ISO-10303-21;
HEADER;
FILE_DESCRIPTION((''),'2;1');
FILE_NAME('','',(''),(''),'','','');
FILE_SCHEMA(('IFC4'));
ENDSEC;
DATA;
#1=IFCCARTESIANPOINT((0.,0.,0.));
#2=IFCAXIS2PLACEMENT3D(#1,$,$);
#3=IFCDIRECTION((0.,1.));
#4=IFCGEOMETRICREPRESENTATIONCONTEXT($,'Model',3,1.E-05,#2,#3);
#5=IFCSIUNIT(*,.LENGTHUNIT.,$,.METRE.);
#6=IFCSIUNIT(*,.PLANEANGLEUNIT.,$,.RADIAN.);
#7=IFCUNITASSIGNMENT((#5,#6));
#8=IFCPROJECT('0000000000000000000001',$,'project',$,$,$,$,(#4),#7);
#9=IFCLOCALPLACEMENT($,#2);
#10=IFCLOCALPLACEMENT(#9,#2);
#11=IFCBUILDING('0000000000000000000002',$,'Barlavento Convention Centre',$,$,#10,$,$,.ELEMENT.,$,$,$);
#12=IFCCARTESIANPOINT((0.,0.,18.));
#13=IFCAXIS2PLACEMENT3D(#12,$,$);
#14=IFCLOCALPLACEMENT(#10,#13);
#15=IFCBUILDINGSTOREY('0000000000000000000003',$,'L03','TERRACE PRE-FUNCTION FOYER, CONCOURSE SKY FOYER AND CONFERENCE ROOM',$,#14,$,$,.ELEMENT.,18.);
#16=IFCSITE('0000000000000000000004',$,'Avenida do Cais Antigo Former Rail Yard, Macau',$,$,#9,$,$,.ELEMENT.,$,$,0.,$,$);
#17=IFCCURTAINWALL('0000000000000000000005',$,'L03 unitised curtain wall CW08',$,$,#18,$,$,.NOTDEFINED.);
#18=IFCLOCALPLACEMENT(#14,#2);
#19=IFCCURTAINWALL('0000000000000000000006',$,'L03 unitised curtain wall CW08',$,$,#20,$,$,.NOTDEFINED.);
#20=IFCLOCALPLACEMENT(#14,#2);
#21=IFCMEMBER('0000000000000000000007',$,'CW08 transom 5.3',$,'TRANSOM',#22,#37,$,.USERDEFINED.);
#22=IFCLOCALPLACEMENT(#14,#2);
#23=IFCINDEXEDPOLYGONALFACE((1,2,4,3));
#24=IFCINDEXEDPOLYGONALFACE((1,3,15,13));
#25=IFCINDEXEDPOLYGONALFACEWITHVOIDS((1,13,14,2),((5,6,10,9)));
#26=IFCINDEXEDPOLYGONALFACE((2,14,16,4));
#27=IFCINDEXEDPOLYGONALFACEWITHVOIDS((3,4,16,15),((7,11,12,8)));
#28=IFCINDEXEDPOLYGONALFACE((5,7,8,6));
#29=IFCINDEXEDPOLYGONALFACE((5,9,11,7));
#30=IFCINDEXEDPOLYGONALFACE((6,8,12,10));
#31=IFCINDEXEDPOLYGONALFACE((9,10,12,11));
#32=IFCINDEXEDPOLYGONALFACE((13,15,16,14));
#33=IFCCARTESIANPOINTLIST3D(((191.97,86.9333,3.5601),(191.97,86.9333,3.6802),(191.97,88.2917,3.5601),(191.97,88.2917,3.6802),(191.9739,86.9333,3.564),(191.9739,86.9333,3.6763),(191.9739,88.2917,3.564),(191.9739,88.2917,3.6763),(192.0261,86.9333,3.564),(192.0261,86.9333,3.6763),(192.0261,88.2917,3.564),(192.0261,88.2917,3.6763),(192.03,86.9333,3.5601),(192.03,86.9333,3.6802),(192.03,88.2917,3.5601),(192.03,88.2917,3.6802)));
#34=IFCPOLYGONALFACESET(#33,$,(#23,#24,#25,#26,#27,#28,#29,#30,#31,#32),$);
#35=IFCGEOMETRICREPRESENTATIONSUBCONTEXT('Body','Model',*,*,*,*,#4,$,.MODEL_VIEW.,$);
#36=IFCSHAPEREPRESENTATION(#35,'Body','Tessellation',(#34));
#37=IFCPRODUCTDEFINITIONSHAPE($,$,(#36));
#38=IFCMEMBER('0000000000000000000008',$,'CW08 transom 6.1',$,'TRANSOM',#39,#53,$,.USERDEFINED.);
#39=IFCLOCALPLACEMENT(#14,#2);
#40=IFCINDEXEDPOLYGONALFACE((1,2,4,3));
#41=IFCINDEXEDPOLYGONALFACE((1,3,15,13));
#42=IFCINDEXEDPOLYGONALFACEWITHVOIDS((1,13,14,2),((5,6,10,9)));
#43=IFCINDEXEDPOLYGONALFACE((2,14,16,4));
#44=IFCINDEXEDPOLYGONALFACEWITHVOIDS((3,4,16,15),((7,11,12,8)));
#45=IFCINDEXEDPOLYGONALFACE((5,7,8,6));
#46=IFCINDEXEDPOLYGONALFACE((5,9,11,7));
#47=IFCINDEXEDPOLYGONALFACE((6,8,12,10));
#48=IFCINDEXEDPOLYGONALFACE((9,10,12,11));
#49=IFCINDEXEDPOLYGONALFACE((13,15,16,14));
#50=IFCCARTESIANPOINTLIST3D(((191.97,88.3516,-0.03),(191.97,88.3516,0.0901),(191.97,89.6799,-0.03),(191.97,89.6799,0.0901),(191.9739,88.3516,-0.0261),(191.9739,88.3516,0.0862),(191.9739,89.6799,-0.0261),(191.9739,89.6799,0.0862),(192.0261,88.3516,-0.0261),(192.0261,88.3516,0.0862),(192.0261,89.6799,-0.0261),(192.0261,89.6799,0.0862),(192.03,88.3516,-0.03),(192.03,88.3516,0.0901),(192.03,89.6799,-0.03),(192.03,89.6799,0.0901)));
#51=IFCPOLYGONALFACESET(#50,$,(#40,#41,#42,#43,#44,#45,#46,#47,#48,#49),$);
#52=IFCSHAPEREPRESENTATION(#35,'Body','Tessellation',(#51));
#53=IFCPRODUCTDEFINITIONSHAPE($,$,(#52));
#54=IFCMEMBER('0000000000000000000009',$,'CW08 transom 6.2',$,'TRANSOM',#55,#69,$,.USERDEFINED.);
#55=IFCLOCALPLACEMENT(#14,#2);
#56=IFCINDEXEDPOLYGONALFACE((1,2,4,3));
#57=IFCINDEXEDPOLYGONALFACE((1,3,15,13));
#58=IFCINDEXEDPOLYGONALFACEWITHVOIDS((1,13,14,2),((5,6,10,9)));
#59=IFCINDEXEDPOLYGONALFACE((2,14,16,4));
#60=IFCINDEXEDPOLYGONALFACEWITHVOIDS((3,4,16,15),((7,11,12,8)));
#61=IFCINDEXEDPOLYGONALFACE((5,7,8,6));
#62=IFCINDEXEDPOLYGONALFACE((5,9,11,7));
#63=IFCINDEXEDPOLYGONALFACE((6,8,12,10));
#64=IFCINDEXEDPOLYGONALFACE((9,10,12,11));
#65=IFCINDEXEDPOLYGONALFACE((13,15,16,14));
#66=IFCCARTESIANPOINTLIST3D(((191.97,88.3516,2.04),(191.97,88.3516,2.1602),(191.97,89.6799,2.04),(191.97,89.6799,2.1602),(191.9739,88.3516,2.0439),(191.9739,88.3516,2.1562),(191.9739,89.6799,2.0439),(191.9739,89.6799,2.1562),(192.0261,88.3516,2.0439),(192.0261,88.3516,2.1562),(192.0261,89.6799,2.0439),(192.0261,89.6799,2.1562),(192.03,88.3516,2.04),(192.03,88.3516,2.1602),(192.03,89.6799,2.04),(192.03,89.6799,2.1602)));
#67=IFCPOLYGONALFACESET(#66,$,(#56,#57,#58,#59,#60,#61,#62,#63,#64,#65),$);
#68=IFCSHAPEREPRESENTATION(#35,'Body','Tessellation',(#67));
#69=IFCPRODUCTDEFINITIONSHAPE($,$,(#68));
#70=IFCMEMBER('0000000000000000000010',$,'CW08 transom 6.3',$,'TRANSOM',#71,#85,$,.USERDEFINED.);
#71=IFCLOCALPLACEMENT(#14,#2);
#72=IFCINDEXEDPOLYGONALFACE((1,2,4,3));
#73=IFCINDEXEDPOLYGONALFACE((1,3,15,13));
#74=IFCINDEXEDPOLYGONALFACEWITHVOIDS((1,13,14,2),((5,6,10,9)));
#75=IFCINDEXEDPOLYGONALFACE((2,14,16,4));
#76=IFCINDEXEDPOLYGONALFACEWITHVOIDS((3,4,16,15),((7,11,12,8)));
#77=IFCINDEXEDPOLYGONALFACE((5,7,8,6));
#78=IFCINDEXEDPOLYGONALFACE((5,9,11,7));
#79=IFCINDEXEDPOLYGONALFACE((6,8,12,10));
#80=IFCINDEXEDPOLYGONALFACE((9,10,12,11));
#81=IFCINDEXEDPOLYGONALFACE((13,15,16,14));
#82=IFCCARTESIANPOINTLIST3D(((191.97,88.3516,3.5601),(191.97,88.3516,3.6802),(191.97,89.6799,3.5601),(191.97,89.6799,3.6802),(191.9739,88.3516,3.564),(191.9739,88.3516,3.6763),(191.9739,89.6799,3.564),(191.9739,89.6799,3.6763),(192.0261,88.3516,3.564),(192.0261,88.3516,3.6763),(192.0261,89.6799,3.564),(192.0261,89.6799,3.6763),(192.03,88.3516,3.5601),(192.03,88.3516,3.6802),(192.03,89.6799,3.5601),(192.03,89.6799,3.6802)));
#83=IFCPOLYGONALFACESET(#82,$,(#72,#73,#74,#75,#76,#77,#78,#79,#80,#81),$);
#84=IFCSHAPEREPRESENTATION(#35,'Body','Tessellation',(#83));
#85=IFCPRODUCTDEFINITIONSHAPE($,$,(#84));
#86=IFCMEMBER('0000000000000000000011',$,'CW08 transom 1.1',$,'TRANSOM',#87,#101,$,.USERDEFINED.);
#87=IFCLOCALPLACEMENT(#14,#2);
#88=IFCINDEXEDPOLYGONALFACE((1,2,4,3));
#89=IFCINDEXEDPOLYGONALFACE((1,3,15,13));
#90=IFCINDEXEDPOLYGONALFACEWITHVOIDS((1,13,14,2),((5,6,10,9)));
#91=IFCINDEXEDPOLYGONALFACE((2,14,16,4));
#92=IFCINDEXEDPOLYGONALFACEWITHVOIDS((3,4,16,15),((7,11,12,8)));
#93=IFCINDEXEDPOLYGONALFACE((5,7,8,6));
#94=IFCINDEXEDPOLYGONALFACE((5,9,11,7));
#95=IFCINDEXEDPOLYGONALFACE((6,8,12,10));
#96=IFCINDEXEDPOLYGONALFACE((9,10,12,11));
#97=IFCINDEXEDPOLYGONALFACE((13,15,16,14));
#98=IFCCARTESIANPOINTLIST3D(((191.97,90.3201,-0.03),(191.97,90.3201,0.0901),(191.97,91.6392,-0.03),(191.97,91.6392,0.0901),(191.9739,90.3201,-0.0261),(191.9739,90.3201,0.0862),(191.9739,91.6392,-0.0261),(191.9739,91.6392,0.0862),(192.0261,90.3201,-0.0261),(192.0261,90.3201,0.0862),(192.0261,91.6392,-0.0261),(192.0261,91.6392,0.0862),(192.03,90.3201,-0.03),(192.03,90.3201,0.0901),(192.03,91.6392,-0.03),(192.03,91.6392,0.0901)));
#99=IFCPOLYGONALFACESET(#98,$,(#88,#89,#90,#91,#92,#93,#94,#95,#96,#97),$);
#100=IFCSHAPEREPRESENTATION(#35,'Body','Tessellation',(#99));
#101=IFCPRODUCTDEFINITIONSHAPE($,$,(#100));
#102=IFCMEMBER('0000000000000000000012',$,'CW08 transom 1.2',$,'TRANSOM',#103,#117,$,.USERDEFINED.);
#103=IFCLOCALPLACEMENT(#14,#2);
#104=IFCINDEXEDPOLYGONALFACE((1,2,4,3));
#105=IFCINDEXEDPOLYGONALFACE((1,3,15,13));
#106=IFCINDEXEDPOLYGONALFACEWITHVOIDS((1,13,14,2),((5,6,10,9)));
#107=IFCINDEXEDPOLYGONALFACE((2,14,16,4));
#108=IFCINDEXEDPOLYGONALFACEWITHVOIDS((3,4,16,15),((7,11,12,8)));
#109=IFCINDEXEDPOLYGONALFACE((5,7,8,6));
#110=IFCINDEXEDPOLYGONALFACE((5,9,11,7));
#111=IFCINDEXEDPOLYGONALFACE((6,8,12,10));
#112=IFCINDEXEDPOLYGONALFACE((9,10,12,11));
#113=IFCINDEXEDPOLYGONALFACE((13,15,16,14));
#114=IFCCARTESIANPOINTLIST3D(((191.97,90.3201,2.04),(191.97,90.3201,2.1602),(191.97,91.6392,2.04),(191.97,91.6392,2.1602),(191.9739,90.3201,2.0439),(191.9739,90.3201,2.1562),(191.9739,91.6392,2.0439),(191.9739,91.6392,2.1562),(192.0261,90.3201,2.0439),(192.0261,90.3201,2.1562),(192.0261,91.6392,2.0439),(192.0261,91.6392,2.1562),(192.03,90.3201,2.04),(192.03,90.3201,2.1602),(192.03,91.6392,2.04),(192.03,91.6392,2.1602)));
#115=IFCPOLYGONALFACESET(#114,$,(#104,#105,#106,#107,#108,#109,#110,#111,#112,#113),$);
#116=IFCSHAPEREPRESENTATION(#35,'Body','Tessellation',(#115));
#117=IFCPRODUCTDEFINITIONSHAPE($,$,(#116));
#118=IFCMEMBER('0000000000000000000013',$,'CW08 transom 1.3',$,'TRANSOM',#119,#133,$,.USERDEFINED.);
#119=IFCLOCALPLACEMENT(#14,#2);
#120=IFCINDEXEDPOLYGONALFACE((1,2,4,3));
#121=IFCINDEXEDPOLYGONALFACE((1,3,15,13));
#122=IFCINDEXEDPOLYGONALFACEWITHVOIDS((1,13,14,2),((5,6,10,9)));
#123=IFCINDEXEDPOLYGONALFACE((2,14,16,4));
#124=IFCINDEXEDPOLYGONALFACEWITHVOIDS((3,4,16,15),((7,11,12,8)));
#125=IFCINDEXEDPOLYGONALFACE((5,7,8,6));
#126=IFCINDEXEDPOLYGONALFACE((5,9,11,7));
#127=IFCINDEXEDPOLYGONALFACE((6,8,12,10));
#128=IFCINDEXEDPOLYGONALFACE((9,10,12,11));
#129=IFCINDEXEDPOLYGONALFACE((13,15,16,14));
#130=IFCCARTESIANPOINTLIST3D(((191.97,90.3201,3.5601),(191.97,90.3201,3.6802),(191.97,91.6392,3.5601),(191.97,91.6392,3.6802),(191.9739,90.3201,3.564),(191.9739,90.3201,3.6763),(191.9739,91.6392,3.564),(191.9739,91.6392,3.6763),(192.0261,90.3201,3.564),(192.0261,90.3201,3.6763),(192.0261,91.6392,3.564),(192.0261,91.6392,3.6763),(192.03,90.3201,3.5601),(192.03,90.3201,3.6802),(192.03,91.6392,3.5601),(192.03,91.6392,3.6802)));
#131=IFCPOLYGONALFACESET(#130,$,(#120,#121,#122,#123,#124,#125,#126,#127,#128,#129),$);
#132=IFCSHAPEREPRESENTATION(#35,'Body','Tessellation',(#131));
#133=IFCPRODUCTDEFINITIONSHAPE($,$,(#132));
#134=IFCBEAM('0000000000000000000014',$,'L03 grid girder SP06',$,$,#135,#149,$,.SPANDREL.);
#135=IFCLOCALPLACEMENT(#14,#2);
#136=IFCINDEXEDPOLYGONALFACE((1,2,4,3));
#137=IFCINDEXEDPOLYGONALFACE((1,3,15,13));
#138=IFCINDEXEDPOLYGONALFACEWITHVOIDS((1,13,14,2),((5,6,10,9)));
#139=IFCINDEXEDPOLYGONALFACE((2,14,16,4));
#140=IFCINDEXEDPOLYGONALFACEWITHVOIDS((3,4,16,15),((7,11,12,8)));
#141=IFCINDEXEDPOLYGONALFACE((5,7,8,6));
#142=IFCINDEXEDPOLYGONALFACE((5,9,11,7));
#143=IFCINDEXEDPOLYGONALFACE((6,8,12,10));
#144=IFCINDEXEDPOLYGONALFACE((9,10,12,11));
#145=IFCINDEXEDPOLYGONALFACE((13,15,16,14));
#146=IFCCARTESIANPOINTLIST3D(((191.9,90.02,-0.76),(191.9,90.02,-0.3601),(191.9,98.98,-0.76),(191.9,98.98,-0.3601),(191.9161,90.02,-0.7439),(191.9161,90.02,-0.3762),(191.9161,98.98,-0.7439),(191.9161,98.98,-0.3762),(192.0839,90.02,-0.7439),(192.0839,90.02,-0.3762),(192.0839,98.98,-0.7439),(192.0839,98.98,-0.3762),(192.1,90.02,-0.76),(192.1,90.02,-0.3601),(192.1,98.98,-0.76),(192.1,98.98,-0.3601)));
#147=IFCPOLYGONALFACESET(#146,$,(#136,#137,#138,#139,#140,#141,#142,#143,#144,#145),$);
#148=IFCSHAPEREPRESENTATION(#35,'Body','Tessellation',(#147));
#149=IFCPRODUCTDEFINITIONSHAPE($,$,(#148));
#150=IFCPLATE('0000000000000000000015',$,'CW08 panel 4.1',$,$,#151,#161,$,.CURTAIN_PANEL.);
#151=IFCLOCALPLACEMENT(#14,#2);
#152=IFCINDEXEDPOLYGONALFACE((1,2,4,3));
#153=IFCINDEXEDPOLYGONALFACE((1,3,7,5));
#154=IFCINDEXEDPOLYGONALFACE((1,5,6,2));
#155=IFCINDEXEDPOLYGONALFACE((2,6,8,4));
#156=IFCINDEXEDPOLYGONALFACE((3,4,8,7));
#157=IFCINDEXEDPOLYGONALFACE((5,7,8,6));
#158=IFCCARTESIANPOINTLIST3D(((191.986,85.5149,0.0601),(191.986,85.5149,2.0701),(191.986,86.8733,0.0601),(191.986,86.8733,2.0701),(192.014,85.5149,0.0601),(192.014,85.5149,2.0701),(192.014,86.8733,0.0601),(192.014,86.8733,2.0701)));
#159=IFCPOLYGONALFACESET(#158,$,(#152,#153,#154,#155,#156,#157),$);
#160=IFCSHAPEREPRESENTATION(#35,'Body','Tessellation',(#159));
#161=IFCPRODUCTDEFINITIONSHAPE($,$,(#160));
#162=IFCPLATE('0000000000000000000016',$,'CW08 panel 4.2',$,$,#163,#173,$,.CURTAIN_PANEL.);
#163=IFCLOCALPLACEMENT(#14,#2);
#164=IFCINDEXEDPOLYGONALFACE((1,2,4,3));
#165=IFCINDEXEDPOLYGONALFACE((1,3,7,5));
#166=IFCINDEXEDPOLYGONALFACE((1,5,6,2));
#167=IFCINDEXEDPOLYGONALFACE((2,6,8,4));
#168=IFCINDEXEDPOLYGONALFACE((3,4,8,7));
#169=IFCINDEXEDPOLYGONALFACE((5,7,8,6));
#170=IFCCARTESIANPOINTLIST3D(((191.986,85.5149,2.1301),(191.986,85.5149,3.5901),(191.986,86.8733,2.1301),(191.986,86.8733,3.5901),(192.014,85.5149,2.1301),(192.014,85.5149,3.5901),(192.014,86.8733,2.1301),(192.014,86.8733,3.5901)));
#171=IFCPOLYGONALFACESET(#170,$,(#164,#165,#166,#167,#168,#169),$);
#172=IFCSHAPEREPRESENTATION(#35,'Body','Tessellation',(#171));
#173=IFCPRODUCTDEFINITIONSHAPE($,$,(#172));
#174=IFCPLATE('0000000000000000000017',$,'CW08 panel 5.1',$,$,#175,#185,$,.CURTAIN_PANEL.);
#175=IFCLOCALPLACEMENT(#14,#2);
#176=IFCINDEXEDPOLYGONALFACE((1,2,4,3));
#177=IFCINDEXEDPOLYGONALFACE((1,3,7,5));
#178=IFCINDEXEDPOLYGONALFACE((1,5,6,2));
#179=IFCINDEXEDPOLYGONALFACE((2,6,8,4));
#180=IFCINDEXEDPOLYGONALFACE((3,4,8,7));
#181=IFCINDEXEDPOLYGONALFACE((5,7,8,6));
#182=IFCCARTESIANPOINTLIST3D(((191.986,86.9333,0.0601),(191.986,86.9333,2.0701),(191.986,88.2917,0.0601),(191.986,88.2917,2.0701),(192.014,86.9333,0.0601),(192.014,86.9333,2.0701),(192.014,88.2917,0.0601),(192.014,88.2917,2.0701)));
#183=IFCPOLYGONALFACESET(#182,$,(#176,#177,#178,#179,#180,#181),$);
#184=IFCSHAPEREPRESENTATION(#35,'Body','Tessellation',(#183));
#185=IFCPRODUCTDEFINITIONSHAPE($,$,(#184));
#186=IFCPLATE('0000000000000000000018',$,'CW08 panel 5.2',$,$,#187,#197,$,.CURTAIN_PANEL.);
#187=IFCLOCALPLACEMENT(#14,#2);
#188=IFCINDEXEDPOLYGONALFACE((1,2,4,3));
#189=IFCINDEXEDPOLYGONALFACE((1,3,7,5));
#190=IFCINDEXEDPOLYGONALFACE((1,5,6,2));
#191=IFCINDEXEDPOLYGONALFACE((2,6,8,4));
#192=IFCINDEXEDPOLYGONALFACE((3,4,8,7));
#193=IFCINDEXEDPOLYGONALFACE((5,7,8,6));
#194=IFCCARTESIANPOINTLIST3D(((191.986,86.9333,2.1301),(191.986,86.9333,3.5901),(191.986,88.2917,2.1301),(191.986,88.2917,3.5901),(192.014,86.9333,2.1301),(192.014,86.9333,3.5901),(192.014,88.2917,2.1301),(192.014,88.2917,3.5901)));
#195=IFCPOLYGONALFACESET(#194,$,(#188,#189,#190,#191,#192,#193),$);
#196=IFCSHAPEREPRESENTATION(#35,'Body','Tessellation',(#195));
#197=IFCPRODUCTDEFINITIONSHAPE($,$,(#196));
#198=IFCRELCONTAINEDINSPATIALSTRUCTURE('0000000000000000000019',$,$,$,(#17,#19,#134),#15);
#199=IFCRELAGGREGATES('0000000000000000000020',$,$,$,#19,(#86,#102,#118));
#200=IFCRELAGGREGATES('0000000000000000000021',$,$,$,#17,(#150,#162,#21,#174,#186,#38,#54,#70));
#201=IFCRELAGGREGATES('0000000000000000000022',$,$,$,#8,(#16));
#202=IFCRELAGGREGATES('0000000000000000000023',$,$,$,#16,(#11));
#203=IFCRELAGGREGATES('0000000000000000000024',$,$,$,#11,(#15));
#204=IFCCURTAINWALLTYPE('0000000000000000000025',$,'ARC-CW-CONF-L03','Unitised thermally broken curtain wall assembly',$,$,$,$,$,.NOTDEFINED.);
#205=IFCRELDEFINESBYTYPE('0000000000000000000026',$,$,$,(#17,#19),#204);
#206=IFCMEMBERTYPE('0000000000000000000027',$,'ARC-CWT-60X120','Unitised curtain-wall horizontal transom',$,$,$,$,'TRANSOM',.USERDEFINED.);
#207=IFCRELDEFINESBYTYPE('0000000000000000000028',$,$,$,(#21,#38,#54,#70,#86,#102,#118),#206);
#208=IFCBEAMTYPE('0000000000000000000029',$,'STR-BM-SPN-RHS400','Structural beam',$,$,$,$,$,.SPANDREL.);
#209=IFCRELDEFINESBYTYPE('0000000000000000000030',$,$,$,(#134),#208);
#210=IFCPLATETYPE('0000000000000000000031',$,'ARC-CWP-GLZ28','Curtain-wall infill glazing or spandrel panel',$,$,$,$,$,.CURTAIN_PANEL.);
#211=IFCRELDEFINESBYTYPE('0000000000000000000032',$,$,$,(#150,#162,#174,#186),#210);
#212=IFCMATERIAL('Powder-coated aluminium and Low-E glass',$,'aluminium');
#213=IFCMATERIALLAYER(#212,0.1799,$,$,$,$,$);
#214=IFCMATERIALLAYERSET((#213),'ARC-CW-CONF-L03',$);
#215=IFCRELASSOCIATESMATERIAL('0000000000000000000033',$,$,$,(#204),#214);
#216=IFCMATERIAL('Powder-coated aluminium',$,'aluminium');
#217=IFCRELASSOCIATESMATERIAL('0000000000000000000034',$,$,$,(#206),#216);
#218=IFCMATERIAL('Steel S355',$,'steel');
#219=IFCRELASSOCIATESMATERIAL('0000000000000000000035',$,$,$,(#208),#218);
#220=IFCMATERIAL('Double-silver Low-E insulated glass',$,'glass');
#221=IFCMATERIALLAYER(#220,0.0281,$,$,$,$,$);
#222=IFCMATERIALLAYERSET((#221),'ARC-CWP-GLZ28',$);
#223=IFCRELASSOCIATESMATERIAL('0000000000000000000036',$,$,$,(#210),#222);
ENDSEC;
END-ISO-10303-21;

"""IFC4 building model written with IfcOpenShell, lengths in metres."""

from ifc_helpers import new_model, si_unit, direction, frame, origin, origin_2d, place, context, subcontext, project, spatial, rectangle, hollow_rectangle, extrude, material, layer, layer_set, material_profile, profile_set, type_object, element, aggregate, save


model = new_model("IFC4")

# Units and contexts
model_context = context("Model", 3, precision=1e-05, world=origin(), true_north=direction((0.0, 1.0)))
body_context = subcontext(model_context, "Body", "Model", "MODEL_VIEW")
ifc_project = project(units=[si_unit("LENGTHUNIT", "METRE"), si_unit("PLANEANGLEUNIT", "RADIAN")], contexts=[model_context])

# Site, building, storey
site_placement = place(None, origin())
site = spatial("IfcSite", under=ifc_project, at=site_placement, Name="Avenida do Cais Antigo Former Rail Yard, Macau", CompositionType="ELEMENT", RefElevation=0.0)
building_placement = place(site_placement, origin())
building = spatial("IfcBuilding", under=site, at=building_placement, Name="Barlavento Convention Centre", CompositionType="ELEMENT")
storey_placement = place(building_placement, frame((0.0, 0.0, 18.0)))
storey = spatial("IfcBuildingStorey", under=building, at=storey_placement, Name="L03", Description="TERRACE PRE-FUNCTION FOYER, CONCOURSE SKY FOYER AND CONFERENCE ROOM", CompositionType="ELEMENT", Elevation=18.0)

# Shared definitions
ifc_material_1 = material(Name="Steel S355", Category="steel")

# Curtain wall
ifc_material_2 = material(Name="Powder-coated aluminium and Low-E glass", Category="aluminium")
ifc_layer_1 = layer(ifc_material_2, 0.1799)
ifc_layer_set_1 = layer_set([ifc_layer_1], Name="ARC-CW-CONF-L03")
curtain_wall_type = type_object("IfcCurtainWallType", Name="ARC-CW-CONF-L03", Description="Unitised thermally broken curtain wall assembly", PredefinedType="NOTDEFINED", material=ifc_layer_set_1)
curtain_wall_1_placement = place(storey_placement, origin())
curtain_wall_1 = element("IfcCurtainWall", 1, at=curtain_wall_1_placement, inside=storey, type_object=curtain_wall_type, Name="L03 unitised curtain wall CW08", PredefinedType="NOTDEFINED")
ifc_material_3 = material(Name="Powder-coated aluminium", Category="aluminium")

# Curtain wall
curtain_wall_2_placement = place(storey_placement, origin())
curtain_wall_2 = element("IfcCurtainWall", 2, at=curtain_wall_2_placement, inside=storey, type_object=curtain_wall_type, Name="L03 unitised curtain wall CW08", PredefinedType="NOTDEFINED")

# Members
ifc_material_profile_1 = material_profile(ifc_material_3, hollow_rectangle(XDim=0.0601, YDim=0.1201, WallThickness=0.0039, at=origin_2d()), Name="AL-TRAN 60x120x4")
ifc_profile_set_1 = profile_set([ifc_material_profile_1], Name="Powder-coated aluminium")
member_type_1 = type_object("IfcMemberType", Name="ARC-CWT-60X120", Description="Unitised curtain-wall horizontal transom", ElementType="TRANSOM", PredefinedType="USERDEFINED", material=ifc_profile_set_1)
member_1_placement = place(storey_placement, frame((192.0, 86.9333, 3.6201), z_axis=(0.0, 1.0, 0.0), x_axis=(-1.0, 0.0, 0.0)))
member_1 = element("IfcMember", 3, at=member_1_placement, type_object=member_type_1, Name="CW08 transom 5.3", ObjectType="TRANSOM", PredefinedType="USERDEFINED", context=body_context, shape_type="SweptSolid", body=[
    extrude(hollow_rectangle(XDim=0.0601, YDim=0.1201, WallThickness=0.0039, at=origin_2d()), origin(), (0.0, 0.0, 1.0), 1.3584),
])
member_2_placement = place(storey_placement, frame((192.0, 88.3516, 0.03), z_axis=(0.0, 1.0, 0.0), x_axis=(-1.0, 0.0, 0.0)))
member_2 = element("IfcMember", 4, at=member_2_placement, type_object=member_type_1, Name="CW08 transom 6.1", ObjectType="TRANSOM", PredefinedType="USERDEFINED", context=body_context, shape_type="SweptSolid", body=[
    extrude(hollow_rectangle(XDim=0.0601, YDim=0.1201, WallThickness=0.0039, at=origin_2d()), origin(), (0.0, 0.0, 1.0), 1.3284),
])
member_3_placement = place(storey_placement, frame((192.0, 88.3516, 2.1001), z_axis=(0.0, 1.0, 0.0), x_axis=(-1.0, 0.0, 0.0)))
member_3 = element("IfcMember", 5, at=member_3_placement, type_object=member_type_1, Name="CW08 transom 6.2", ObjectType="TRANSOM", PredefinedType="USERDEFINED", context=body_context, shape_type="SweptSolid", body=[
    extrude(hollow_rectangle(XDim=0.0601, YDim=0.1201, WallThickness=0.0039, at=origin_2d()), origin(), (0.0, 0.0, 1.0), 1.3284),
])
member_4_placement = place(storey_placement, frame((192.0, 88.3516, 3.6201), z_axis=(0.0, 1.0, 0.0), x_axis=(-1.0, 0.0, 0.0)))
member_4 = element("IfcMember", 6, at=member_4_placement, type_object=member_type_1, Name="CW08 transom 6.3", ObjectType="TRANSOM", PredefinedType="USERDEFINED", context=body_context, shape_type="SweptSolid", body=[
    extrude(hollow_rectangle(XDim=0.0601, YDim=0.1201, WallThickness=0.0039, at=origin_2d()), origin(), (0.0, 0.0, 1.0), 1.3284),
])
member_5_placement = place(storey_placement, frame((192.0, 90.3201, 0.03), z_axis=(0.0, 1.0, 0.0), x_axis=(-1.0, 0.0, 0.0)))
member_5 = element("IfcMember", 7, at=member_5_placement, type_object=member_type_1, Name="CW08 transom 1.1", ObjectType="TRANSOM", PredefinedType="USERDEFINED", context=body_context, shape_type="SweptSolid", body=[
    extrude(hollow_rectangle(XDim=0.0601, YDim=0.1201, WallThickness=0.0039, at=origin_2d()), origin(), (0.0, 0.0, 1.0), 1.3191),
])
member_6_placement = place(storey_placement, frame((192.0, 90.3201, 2.1001), z_axis=(0.0, 1.0, 0.0), x_axis=(-1.0, 0.0, 0.0)))
member_6 = element("IfcMember", 8, at=member_6_placement, type_object=member_type_1, Name="CW08 transom 1.2", ObjectType="TRANSOM", PredefinedType="USERDEFINED", context=body_context, shape_type="SweptSolid", body=[
    extrude(hollow_rectangle(XDim=0.0601, YDim=0.1201, WallThickness=0.0039, at=origin_2d()), origin(), (0.0, 0.0, 1.0), 1.3191),
])
member_7_placement = place(storey_placement, frame((192.0, 90.3201, 3.6201), z_axis=(0.0, 1.0, 0.0), x_axis=(-1.0, 0.0, 0.0)))
member_7 = element("IfcMember", 9, at=member_7_placement, type_object=member_type_1, Name="CW08 transom 1.3", ObjectType="TRANSOM", PredefinedType="USERDEFINED", context=body_context, shape_type="SweptSolid", body=[
    extrude(hollow_rectangle(XDim=0.0601, YDim=0.1201, WallThickness=0.0039, at=origin_2d()), origin(), (0.0, 0.0, 1.0), 1.3191),
])
aggregate(curtain_wall_2, [member_5, member_6, member_7])

# Beam
ifc_material_profile_2 = material_profile(ifc_material_1, hollow_rectangle(XDim=0.2, YDim=0.3999, WallThickness=0.0161, at=origin_2d()), Name="RHS 400x200x16.0")
ifc_profile_set_2 = profile_set([ifc_material_profile_2], Name="Steel S355")
beam_type = type_object("IfcBeamType", Name="STR-BM-SPN-RHS400", Description="Structural beam", PredefinedType="SPANDREL", material=ifc_profile_set_2)
beam_placement = place(storey_placement, frame((192.0, 90.02, -0.5601), z_axis=(0.0, 1.0, 0.0), x_axis=(-1.0, 0.0, 0.0)))
element("IfcBeam", 10, at=beam_placement, inside=storey, type_object=beam_type, Name="L03 grid girder SP06", PredefinedType="SPANDREL", context=body_context, shape_type="SweptSolid", body=[
    extrude(hollow_rectangle(XDim=0.2, YDim=0.3999, WallThickness=0.0161, at=origin_2d()), origin(), (0.0, 0.0, 1.0), 8.96),
])

# Plates
ifc_material_4 = material(Name="Double-silver Low-E insulated glass", Category="glass")
ifc_layer_2 = layer(ifc_material_4, 0.0281)
ifc_layer_set_2 = layer_set([ifc_layer_2], Name="ARC-CWP-GLZ28")
plate_type = type_object("IfcPlateType", Name="ARC-CWP-GLZ28", Description="Curtain-wall infill glazing or spandrel panel", PredefinedType="CURTAIN_PANEL", material=ifc_layer_set_2)
plate_1_placement = place(storey_placement, frame((192.0, 86.1941, 0.0601), z_axis=(0.0, 0.0, 1.0), x_axis=(0.0, 1.0, 0.0)))
plate_1 = element("IfcPlate", 11, at=plate_1_placement, type_object=plate_type, Name="CW08 panel 4.1", PredefinedType="CURTAIN_PANEL", context=body_context, shape_type="SweptSolid", body=[
    extrude(rectangle(XDim=1.3584, YDim=0.0281, at=origin_2d()), origin(), (0.0, 0.0, 1.0), 2.01),
])
plate_2_placement = place(storey_placement, frame((192.0, 86.1941, 2.1301), z_axis=(0.0, 0.0, 1.0), x_axis=(0.0, 1.0, 0.0)))
plate_2 = element("IfcPlate", 12, at=plate_2_placement, type_object=plate_type, Name="CW08 panel 4.2", PredefinedType="CURTAIN_PANEL", context=body_context, shape_type="SweptSolid", body=[
    extrude(rectangle(XDim=1.3584, YDim=0.0281, at=origin_2d()), origin(), (0.0, 0.0, 1.0), 1.46),
])
plate_3_placement = place(storey_placement, frame((192.0, 87.6125, 0.0601), z_axis=(0.0, 0.0, 1.0), x_axis=(0.0, 1.0, 0.0)))
plate_3 = element("IfcPlate", 13, at=plate_3_placement, type_object=plate_type, Name="CW08 panel 5.1", PredefinedType="CURTAIN_PANEL", context=body_context, shape_type="SweptSolid", body=[
    extrude(rectangle(XDim=1.3584, YDim=0.0281, at=origin_2d()), origin(), (0.0, 0.0, 1.0), 2.01),
])
plate_4_placement = place(storey_placement, frame((192.0, 87.6125, 2.1301), z_axis=(0.0, 0.0, 1.0), x_axis=(0.0, 1.0, 0.0)))
plate_4 = element("IfcPlate", 14, at=plate_4_placement, type_object=plate_type, Name="CW08 panel 5.2", PredefinedType="CURTAIN_PANEL", context=body_context, shape_type="SweptSolid", body=[
    extrude(rectangle(XDim=1.3584, YDim=0.0281, at=origin_2d()), origin(), (0.0, 0.0, 1.0), 1.46),
])
aggregate(curtain_wall_1, [plate_1, plate_2, member_1, plate_3, plate_4, member_2, member_3, member_4])

save(model, "model.ifc")
